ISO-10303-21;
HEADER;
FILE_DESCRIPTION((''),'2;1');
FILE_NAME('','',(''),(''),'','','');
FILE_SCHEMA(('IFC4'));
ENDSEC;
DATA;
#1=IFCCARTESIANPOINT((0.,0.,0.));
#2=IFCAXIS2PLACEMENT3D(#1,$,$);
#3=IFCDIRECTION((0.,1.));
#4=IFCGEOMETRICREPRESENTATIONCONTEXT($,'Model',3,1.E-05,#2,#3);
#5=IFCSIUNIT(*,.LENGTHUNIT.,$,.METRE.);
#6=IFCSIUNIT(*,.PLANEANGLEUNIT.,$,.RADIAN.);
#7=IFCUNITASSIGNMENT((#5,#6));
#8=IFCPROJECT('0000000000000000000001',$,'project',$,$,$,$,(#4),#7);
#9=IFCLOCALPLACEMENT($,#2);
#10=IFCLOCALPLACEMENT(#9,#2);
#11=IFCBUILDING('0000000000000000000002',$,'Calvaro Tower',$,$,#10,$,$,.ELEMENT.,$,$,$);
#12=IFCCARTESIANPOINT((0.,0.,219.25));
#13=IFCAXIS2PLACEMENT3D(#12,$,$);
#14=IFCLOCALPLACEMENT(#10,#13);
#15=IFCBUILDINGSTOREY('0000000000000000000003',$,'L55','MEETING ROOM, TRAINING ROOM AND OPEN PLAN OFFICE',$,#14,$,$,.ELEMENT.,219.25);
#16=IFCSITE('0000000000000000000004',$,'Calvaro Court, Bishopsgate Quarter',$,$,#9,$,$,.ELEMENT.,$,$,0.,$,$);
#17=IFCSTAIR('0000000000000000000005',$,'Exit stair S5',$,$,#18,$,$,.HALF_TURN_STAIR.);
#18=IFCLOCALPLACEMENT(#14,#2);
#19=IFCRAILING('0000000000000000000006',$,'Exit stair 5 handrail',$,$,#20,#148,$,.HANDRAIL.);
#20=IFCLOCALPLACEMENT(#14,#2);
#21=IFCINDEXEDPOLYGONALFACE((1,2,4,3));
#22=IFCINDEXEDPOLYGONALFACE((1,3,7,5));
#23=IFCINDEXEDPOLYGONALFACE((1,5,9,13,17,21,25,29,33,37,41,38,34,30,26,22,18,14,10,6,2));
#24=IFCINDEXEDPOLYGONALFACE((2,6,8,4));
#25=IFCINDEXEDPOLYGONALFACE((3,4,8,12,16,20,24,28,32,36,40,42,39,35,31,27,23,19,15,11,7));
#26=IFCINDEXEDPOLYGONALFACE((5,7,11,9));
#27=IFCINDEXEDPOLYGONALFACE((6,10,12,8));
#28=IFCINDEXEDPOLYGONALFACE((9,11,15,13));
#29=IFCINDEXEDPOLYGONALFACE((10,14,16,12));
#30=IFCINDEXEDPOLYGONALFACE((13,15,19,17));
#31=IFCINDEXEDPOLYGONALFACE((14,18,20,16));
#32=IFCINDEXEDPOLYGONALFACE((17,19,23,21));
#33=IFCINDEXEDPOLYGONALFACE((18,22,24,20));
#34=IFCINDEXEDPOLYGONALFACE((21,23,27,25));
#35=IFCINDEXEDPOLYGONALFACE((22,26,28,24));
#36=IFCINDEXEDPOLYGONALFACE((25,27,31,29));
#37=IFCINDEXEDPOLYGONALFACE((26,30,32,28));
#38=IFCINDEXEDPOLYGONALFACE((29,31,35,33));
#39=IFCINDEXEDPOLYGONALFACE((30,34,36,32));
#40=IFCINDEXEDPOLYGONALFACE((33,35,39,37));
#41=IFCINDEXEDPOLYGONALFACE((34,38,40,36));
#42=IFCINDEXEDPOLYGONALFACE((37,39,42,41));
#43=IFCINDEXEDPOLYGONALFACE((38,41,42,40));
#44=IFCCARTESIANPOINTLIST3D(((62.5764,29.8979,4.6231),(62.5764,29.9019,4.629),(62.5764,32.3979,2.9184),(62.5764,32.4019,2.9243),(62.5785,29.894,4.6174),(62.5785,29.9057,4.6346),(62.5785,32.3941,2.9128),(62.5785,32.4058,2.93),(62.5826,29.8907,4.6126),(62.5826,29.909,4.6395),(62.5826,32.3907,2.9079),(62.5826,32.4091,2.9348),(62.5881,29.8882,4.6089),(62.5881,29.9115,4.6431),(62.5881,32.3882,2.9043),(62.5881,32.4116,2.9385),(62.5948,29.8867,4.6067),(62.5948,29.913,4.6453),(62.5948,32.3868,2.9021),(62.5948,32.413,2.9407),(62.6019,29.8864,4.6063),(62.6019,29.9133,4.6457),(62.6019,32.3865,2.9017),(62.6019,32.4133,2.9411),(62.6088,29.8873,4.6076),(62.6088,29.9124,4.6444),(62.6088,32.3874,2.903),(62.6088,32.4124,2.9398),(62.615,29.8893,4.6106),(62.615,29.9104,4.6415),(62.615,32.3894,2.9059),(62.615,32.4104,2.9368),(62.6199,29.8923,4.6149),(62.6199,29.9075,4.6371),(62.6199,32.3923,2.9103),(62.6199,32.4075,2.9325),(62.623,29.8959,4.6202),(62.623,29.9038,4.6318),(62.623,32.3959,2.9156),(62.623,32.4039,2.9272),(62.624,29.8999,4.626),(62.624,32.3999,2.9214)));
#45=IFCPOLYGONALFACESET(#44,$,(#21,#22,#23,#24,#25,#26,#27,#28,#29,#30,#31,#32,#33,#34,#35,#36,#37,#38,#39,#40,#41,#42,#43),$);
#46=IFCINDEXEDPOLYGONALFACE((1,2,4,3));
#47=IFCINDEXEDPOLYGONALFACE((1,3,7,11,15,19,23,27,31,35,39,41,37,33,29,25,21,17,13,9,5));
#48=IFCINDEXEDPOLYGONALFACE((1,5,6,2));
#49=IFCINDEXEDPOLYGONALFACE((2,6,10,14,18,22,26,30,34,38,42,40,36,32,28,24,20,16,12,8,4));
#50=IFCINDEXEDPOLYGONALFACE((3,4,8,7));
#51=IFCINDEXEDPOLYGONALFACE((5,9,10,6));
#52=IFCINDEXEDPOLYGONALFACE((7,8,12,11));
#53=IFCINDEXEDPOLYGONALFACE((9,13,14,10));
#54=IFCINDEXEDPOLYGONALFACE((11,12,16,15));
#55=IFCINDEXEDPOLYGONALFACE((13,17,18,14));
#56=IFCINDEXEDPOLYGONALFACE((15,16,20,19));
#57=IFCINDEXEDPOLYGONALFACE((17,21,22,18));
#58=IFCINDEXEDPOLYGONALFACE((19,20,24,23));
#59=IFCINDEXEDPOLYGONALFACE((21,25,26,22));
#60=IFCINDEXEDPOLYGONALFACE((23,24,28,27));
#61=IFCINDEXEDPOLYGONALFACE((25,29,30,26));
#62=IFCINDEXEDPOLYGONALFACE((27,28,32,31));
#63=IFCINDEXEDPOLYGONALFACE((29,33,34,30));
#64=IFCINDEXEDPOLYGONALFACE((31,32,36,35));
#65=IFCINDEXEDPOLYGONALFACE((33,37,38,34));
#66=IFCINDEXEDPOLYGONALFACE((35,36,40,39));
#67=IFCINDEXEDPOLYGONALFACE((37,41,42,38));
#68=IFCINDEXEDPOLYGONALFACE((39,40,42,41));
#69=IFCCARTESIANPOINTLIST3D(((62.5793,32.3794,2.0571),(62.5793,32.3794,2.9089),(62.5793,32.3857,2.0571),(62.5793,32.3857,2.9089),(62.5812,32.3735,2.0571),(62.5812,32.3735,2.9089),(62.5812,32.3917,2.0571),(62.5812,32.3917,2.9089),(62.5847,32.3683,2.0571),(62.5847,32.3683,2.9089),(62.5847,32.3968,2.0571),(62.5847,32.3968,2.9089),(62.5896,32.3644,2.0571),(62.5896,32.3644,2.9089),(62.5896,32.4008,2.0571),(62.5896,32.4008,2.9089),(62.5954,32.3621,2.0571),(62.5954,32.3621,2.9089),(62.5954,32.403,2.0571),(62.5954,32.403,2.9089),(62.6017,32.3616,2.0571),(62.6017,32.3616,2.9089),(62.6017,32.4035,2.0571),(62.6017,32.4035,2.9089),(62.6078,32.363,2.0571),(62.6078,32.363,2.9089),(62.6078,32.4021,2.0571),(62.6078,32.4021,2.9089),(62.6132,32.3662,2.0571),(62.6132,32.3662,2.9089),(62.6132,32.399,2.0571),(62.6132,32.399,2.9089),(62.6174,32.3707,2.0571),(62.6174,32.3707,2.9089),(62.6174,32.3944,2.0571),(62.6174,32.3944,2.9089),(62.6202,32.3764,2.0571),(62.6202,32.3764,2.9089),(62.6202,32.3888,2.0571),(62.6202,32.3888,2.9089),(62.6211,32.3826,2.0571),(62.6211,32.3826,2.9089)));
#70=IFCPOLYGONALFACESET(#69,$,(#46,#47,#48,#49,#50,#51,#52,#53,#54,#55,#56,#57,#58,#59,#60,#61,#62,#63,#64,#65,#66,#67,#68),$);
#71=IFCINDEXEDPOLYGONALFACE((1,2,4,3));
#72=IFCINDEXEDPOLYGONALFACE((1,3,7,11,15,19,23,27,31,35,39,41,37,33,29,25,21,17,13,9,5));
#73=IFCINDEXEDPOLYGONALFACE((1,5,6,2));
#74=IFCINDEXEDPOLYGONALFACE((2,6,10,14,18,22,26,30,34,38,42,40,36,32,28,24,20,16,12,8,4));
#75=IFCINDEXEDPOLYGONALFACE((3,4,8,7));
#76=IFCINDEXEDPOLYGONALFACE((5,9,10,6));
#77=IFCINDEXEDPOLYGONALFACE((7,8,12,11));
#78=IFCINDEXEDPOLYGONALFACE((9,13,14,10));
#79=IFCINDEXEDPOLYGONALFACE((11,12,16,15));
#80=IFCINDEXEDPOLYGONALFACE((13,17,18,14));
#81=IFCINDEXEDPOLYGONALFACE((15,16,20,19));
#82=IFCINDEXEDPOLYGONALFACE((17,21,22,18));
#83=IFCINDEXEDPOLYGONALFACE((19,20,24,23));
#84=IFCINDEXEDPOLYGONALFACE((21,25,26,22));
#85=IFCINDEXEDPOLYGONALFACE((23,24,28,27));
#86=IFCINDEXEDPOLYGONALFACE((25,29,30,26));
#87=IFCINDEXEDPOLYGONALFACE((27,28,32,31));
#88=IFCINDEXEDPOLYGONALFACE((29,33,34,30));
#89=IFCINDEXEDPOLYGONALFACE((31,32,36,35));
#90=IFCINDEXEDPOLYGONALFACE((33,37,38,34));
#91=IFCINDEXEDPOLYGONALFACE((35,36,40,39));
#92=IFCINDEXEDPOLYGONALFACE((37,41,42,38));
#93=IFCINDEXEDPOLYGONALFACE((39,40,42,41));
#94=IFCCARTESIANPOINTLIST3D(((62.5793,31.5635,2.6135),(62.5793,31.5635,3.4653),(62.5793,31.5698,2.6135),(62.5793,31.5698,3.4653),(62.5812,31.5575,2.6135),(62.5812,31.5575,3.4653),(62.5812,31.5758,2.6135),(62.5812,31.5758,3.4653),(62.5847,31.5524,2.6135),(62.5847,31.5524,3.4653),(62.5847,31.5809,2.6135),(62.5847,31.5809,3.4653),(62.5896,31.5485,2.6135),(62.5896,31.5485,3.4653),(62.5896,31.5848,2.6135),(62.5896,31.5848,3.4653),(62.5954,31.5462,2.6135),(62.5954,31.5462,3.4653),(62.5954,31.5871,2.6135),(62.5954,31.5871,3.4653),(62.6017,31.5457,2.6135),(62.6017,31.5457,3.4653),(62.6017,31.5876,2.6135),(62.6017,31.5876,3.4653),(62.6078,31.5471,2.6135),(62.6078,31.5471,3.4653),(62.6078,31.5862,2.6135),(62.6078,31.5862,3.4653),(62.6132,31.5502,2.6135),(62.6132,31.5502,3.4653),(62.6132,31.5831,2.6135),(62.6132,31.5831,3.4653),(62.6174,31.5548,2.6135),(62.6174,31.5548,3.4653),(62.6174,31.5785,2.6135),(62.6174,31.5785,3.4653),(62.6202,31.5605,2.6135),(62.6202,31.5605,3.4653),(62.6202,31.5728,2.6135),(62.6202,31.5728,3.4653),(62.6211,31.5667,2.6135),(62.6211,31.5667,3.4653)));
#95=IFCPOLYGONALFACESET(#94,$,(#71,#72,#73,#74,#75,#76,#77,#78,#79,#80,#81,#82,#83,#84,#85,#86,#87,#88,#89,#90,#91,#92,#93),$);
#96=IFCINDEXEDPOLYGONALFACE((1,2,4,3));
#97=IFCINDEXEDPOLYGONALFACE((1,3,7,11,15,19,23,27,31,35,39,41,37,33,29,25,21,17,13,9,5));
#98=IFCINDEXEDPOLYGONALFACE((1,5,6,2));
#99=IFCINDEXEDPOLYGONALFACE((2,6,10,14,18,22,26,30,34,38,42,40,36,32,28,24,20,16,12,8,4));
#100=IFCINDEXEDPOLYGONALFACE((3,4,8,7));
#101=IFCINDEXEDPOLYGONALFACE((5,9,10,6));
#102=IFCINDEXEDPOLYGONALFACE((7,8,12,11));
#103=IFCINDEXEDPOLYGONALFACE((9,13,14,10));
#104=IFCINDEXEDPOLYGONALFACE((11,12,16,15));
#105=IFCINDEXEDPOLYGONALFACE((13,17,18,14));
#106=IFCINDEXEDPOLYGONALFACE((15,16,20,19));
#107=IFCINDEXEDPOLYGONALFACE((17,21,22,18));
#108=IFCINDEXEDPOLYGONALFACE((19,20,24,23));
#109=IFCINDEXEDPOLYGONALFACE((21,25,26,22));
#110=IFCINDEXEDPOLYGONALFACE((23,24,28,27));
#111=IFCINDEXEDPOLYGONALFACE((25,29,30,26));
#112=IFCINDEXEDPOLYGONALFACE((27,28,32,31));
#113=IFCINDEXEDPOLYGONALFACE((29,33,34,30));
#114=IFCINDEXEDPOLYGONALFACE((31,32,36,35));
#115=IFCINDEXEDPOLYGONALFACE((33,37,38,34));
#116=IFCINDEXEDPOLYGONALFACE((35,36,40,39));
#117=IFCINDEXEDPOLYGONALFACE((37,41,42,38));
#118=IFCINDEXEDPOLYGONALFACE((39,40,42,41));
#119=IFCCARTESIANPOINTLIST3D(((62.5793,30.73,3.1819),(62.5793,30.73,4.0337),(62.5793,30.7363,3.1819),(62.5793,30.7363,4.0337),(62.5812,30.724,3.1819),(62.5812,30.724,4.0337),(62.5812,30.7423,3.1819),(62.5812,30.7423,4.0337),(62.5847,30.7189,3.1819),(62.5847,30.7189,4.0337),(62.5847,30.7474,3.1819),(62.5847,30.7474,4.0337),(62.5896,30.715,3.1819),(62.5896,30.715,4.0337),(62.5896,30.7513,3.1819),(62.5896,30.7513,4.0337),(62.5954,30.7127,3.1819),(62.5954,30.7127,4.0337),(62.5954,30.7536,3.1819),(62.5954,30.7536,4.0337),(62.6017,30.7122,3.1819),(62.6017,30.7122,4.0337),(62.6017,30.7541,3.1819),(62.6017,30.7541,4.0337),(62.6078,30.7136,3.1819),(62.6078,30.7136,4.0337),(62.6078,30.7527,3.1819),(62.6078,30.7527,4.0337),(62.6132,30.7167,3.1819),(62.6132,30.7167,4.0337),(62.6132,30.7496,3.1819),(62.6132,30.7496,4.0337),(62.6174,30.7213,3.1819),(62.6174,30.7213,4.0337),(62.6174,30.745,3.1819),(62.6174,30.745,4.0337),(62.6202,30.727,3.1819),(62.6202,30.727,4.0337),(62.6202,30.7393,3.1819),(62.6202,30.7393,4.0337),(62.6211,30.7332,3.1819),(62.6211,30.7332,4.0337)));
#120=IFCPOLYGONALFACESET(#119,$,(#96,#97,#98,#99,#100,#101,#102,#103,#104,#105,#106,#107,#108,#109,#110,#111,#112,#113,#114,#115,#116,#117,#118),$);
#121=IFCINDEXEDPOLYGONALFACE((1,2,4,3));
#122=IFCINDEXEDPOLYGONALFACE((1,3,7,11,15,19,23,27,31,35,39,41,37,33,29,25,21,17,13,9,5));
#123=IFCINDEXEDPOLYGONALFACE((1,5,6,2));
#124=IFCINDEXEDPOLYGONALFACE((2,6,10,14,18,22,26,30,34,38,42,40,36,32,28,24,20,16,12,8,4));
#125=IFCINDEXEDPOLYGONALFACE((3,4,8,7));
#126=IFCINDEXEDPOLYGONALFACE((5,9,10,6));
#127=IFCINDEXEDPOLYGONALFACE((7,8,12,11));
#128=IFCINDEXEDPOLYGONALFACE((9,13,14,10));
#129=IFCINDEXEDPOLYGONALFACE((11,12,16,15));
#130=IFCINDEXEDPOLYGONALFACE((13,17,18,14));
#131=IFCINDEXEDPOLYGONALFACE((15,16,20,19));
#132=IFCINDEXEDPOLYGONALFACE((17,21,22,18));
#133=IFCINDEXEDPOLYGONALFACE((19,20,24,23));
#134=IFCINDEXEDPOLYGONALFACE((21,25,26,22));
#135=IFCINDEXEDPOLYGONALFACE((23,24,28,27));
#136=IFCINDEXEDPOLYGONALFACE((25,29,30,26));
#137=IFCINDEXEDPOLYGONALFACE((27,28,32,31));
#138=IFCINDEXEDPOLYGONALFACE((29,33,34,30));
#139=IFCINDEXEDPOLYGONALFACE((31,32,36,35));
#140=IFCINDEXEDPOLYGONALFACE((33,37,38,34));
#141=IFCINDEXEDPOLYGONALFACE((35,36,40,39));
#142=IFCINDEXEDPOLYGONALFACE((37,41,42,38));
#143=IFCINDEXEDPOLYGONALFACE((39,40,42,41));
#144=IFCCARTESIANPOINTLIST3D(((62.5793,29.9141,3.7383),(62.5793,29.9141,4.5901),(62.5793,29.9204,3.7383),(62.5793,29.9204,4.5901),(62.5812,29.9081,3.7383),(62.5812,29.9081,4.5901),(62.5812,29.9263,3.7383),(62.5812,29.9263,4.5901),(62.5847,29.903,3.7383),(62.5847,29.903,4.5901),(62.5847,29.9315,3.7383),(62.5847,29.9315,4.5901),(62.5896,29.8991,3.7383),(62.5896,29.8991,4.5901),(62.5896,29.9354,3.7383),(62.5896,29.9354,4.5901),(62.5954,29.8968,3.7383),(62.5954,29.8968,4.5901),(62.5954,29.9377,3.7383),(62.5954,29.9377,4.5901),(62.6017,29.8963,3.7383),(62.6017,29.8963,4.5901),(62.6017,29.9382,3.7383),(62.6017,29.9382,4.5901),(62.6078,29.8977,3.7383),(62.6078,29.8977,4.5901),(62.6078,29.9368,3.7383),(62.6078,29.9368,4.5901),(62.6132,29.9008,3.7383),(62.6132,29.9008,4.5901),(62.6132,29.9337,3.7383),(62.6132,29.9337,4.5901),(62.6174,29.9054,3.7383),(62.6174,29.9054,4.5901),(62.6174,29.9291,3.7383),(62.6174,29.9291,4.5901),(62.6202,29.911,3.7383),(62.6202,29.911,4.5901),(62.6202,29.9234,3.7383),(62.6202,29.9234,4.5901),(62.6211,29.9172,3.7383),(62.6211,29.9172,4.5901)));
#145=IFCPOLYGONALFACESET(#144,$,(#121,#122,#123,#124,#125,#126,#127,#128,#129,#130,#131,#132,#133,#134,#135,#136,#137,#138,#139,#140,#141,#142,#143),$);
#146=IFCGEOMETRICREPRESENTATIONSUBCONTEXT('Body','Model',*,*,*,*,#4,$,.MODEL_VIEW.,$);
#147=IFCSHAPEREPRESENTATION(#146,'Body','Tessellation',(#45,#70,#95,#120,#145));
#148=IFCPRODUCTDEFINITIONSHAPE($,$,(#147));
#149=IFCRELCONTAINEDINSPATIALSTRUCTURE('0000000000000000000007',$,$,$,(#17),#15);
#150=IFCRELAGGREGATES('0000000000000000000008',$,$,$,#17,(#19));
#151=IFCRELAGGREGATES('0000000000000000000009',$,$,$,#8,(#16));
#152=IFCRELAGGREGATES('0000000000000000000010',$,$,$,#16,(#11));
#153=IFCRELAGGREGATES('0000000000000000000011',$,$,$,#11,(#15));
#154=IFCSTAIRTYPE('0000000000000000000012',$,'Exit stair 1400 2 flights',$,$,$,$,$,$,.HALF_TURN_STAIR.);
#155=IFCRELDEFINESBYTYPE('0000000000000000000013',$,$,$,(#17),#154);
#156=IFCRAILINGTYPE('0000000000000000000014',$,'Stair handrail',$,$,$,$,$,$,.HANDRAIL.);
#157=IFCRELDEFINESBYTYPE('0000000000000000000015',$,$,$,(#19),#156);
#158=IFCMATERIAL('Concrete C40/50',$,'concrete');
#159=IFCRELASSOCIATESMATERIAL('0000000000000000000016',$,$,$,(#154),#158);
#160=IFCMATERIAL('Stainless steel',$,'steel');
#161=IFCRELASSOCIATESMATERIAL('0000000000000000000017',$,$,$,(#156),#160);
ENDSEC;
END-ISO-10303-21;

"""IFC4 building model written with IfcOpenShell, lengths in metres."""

from ifc_helpers import new_model, si_unit, direction, frame, origin, origin_2d, place, context, subcontext, project, spatial, circle, extrude, material, type_object, element, aggregate, save


model = new_model("IFC4")

# Units and contexts
model_context = context("Model", 3, precision=1e-05, world=origin(), true_north=direction((0.0, 1.0)))
body_context = subcontext(model_context, "Body", "Model", "MODEL_VIEW")
ifc_project = project(units=[si_unit("LENGTHUNIT", "METRE"), si_unit("PLANEANGLEUNIT", "RADIAN")], contexts=[model_context])

# Site, building, storey
site_placement = place(None, origin())
site = spatial("IfcSite", under=ifc_project, at=site_placement, Name="Calvaro Court, Bishopsgate Quarter", CompositionType="ELEMENT", RefElevation=0.0)
building_placement = place(site_placement, origin())
building = spatial("IfcBuilding", under=site, at=building_placement, Name="Calvaro Tower", CompositionType="ELEMENT")
storey_placement = place(building_placement, frame((0.0, 0.0, 219.25)))
storey = spatial("IfcBuildingStorey", under=building, at=storey_placement, Name="L55", Description="MEETING ROOM, TRAINING ROOM AND OPEN PLAN OFFICE", CompositionType="ELEMENT", Elevation=219.25)

# Stair
ifc_material_1 = material(Name="Concrete C40/50", Category="concrete")
stair_type = type_object("IfcStairType", Name="Exit stair 1400 2 flights", PredefinedType="HALF_TURN_STAIR", material=ifc_material_1)
stair_1_placement = place(storey_placement, origin())
stair_1 = element("IfcStair", 1, at=stair_1_placement, inside=storey, type_object=stair_type, Name="Exit stair S5", PredefinedType="HALF_TURN_STAIR")

# Shared definitions
ifc_material_2 = material(Name="Stainless steel", Category="steel")
railing_type = type_object("IfcRailingType", Name="Stair handrail", PredefinedType="HANDRAIL", material=ifc_material_2)

# Railing
railing_1_placement = place(storey_placement, frame((62.6001, 32.3999, 2.0454)))
railing_1 = element("IfcRailing", 2, at=railing_1_placement, type_object=railing_type, Name="Exit stair 5 handrail", PredefinedType="HANDRAIL", context=body_context, shape_type="SweptSolid", body=[
    extrude(circle(Radius=0.0239, at=origin_2d()), frame((0.0, 0.0, 0.876), z_axis=(0.0, -0.826221, 0.563347), x_axis=(1.0, 0.0, 0.0)), (0.0, 0.0, 1.0), 3.0259),
    extrude(circle(Radius=0.021, at=origin_2d()), frame((0.0, -0.0173, 0.0117)), (0.0, 0.0, 1.0), 0.8518),
    extrude(circle(Radius=0.021, at=origin_2d()), frame((0.0, -0.8333, 0.5681)), (0.0, 0.0, 1.0), 0.8518),
    extrude(circle(Radius=0.021, at=origin_2d()), frame((0.0, -1.6667, 1.1365)), (0.0, 0.0, 1.0), 0.8518),
    extrude(circle(Radius=0.021, at=origin_2d()), frame((0.0, -2.4827, 1.6929)), (0.0, 0.0, 1.0), 0.8518),
])
aggregate(stair_1, [railing_1])

save(model, "model.ifc")
